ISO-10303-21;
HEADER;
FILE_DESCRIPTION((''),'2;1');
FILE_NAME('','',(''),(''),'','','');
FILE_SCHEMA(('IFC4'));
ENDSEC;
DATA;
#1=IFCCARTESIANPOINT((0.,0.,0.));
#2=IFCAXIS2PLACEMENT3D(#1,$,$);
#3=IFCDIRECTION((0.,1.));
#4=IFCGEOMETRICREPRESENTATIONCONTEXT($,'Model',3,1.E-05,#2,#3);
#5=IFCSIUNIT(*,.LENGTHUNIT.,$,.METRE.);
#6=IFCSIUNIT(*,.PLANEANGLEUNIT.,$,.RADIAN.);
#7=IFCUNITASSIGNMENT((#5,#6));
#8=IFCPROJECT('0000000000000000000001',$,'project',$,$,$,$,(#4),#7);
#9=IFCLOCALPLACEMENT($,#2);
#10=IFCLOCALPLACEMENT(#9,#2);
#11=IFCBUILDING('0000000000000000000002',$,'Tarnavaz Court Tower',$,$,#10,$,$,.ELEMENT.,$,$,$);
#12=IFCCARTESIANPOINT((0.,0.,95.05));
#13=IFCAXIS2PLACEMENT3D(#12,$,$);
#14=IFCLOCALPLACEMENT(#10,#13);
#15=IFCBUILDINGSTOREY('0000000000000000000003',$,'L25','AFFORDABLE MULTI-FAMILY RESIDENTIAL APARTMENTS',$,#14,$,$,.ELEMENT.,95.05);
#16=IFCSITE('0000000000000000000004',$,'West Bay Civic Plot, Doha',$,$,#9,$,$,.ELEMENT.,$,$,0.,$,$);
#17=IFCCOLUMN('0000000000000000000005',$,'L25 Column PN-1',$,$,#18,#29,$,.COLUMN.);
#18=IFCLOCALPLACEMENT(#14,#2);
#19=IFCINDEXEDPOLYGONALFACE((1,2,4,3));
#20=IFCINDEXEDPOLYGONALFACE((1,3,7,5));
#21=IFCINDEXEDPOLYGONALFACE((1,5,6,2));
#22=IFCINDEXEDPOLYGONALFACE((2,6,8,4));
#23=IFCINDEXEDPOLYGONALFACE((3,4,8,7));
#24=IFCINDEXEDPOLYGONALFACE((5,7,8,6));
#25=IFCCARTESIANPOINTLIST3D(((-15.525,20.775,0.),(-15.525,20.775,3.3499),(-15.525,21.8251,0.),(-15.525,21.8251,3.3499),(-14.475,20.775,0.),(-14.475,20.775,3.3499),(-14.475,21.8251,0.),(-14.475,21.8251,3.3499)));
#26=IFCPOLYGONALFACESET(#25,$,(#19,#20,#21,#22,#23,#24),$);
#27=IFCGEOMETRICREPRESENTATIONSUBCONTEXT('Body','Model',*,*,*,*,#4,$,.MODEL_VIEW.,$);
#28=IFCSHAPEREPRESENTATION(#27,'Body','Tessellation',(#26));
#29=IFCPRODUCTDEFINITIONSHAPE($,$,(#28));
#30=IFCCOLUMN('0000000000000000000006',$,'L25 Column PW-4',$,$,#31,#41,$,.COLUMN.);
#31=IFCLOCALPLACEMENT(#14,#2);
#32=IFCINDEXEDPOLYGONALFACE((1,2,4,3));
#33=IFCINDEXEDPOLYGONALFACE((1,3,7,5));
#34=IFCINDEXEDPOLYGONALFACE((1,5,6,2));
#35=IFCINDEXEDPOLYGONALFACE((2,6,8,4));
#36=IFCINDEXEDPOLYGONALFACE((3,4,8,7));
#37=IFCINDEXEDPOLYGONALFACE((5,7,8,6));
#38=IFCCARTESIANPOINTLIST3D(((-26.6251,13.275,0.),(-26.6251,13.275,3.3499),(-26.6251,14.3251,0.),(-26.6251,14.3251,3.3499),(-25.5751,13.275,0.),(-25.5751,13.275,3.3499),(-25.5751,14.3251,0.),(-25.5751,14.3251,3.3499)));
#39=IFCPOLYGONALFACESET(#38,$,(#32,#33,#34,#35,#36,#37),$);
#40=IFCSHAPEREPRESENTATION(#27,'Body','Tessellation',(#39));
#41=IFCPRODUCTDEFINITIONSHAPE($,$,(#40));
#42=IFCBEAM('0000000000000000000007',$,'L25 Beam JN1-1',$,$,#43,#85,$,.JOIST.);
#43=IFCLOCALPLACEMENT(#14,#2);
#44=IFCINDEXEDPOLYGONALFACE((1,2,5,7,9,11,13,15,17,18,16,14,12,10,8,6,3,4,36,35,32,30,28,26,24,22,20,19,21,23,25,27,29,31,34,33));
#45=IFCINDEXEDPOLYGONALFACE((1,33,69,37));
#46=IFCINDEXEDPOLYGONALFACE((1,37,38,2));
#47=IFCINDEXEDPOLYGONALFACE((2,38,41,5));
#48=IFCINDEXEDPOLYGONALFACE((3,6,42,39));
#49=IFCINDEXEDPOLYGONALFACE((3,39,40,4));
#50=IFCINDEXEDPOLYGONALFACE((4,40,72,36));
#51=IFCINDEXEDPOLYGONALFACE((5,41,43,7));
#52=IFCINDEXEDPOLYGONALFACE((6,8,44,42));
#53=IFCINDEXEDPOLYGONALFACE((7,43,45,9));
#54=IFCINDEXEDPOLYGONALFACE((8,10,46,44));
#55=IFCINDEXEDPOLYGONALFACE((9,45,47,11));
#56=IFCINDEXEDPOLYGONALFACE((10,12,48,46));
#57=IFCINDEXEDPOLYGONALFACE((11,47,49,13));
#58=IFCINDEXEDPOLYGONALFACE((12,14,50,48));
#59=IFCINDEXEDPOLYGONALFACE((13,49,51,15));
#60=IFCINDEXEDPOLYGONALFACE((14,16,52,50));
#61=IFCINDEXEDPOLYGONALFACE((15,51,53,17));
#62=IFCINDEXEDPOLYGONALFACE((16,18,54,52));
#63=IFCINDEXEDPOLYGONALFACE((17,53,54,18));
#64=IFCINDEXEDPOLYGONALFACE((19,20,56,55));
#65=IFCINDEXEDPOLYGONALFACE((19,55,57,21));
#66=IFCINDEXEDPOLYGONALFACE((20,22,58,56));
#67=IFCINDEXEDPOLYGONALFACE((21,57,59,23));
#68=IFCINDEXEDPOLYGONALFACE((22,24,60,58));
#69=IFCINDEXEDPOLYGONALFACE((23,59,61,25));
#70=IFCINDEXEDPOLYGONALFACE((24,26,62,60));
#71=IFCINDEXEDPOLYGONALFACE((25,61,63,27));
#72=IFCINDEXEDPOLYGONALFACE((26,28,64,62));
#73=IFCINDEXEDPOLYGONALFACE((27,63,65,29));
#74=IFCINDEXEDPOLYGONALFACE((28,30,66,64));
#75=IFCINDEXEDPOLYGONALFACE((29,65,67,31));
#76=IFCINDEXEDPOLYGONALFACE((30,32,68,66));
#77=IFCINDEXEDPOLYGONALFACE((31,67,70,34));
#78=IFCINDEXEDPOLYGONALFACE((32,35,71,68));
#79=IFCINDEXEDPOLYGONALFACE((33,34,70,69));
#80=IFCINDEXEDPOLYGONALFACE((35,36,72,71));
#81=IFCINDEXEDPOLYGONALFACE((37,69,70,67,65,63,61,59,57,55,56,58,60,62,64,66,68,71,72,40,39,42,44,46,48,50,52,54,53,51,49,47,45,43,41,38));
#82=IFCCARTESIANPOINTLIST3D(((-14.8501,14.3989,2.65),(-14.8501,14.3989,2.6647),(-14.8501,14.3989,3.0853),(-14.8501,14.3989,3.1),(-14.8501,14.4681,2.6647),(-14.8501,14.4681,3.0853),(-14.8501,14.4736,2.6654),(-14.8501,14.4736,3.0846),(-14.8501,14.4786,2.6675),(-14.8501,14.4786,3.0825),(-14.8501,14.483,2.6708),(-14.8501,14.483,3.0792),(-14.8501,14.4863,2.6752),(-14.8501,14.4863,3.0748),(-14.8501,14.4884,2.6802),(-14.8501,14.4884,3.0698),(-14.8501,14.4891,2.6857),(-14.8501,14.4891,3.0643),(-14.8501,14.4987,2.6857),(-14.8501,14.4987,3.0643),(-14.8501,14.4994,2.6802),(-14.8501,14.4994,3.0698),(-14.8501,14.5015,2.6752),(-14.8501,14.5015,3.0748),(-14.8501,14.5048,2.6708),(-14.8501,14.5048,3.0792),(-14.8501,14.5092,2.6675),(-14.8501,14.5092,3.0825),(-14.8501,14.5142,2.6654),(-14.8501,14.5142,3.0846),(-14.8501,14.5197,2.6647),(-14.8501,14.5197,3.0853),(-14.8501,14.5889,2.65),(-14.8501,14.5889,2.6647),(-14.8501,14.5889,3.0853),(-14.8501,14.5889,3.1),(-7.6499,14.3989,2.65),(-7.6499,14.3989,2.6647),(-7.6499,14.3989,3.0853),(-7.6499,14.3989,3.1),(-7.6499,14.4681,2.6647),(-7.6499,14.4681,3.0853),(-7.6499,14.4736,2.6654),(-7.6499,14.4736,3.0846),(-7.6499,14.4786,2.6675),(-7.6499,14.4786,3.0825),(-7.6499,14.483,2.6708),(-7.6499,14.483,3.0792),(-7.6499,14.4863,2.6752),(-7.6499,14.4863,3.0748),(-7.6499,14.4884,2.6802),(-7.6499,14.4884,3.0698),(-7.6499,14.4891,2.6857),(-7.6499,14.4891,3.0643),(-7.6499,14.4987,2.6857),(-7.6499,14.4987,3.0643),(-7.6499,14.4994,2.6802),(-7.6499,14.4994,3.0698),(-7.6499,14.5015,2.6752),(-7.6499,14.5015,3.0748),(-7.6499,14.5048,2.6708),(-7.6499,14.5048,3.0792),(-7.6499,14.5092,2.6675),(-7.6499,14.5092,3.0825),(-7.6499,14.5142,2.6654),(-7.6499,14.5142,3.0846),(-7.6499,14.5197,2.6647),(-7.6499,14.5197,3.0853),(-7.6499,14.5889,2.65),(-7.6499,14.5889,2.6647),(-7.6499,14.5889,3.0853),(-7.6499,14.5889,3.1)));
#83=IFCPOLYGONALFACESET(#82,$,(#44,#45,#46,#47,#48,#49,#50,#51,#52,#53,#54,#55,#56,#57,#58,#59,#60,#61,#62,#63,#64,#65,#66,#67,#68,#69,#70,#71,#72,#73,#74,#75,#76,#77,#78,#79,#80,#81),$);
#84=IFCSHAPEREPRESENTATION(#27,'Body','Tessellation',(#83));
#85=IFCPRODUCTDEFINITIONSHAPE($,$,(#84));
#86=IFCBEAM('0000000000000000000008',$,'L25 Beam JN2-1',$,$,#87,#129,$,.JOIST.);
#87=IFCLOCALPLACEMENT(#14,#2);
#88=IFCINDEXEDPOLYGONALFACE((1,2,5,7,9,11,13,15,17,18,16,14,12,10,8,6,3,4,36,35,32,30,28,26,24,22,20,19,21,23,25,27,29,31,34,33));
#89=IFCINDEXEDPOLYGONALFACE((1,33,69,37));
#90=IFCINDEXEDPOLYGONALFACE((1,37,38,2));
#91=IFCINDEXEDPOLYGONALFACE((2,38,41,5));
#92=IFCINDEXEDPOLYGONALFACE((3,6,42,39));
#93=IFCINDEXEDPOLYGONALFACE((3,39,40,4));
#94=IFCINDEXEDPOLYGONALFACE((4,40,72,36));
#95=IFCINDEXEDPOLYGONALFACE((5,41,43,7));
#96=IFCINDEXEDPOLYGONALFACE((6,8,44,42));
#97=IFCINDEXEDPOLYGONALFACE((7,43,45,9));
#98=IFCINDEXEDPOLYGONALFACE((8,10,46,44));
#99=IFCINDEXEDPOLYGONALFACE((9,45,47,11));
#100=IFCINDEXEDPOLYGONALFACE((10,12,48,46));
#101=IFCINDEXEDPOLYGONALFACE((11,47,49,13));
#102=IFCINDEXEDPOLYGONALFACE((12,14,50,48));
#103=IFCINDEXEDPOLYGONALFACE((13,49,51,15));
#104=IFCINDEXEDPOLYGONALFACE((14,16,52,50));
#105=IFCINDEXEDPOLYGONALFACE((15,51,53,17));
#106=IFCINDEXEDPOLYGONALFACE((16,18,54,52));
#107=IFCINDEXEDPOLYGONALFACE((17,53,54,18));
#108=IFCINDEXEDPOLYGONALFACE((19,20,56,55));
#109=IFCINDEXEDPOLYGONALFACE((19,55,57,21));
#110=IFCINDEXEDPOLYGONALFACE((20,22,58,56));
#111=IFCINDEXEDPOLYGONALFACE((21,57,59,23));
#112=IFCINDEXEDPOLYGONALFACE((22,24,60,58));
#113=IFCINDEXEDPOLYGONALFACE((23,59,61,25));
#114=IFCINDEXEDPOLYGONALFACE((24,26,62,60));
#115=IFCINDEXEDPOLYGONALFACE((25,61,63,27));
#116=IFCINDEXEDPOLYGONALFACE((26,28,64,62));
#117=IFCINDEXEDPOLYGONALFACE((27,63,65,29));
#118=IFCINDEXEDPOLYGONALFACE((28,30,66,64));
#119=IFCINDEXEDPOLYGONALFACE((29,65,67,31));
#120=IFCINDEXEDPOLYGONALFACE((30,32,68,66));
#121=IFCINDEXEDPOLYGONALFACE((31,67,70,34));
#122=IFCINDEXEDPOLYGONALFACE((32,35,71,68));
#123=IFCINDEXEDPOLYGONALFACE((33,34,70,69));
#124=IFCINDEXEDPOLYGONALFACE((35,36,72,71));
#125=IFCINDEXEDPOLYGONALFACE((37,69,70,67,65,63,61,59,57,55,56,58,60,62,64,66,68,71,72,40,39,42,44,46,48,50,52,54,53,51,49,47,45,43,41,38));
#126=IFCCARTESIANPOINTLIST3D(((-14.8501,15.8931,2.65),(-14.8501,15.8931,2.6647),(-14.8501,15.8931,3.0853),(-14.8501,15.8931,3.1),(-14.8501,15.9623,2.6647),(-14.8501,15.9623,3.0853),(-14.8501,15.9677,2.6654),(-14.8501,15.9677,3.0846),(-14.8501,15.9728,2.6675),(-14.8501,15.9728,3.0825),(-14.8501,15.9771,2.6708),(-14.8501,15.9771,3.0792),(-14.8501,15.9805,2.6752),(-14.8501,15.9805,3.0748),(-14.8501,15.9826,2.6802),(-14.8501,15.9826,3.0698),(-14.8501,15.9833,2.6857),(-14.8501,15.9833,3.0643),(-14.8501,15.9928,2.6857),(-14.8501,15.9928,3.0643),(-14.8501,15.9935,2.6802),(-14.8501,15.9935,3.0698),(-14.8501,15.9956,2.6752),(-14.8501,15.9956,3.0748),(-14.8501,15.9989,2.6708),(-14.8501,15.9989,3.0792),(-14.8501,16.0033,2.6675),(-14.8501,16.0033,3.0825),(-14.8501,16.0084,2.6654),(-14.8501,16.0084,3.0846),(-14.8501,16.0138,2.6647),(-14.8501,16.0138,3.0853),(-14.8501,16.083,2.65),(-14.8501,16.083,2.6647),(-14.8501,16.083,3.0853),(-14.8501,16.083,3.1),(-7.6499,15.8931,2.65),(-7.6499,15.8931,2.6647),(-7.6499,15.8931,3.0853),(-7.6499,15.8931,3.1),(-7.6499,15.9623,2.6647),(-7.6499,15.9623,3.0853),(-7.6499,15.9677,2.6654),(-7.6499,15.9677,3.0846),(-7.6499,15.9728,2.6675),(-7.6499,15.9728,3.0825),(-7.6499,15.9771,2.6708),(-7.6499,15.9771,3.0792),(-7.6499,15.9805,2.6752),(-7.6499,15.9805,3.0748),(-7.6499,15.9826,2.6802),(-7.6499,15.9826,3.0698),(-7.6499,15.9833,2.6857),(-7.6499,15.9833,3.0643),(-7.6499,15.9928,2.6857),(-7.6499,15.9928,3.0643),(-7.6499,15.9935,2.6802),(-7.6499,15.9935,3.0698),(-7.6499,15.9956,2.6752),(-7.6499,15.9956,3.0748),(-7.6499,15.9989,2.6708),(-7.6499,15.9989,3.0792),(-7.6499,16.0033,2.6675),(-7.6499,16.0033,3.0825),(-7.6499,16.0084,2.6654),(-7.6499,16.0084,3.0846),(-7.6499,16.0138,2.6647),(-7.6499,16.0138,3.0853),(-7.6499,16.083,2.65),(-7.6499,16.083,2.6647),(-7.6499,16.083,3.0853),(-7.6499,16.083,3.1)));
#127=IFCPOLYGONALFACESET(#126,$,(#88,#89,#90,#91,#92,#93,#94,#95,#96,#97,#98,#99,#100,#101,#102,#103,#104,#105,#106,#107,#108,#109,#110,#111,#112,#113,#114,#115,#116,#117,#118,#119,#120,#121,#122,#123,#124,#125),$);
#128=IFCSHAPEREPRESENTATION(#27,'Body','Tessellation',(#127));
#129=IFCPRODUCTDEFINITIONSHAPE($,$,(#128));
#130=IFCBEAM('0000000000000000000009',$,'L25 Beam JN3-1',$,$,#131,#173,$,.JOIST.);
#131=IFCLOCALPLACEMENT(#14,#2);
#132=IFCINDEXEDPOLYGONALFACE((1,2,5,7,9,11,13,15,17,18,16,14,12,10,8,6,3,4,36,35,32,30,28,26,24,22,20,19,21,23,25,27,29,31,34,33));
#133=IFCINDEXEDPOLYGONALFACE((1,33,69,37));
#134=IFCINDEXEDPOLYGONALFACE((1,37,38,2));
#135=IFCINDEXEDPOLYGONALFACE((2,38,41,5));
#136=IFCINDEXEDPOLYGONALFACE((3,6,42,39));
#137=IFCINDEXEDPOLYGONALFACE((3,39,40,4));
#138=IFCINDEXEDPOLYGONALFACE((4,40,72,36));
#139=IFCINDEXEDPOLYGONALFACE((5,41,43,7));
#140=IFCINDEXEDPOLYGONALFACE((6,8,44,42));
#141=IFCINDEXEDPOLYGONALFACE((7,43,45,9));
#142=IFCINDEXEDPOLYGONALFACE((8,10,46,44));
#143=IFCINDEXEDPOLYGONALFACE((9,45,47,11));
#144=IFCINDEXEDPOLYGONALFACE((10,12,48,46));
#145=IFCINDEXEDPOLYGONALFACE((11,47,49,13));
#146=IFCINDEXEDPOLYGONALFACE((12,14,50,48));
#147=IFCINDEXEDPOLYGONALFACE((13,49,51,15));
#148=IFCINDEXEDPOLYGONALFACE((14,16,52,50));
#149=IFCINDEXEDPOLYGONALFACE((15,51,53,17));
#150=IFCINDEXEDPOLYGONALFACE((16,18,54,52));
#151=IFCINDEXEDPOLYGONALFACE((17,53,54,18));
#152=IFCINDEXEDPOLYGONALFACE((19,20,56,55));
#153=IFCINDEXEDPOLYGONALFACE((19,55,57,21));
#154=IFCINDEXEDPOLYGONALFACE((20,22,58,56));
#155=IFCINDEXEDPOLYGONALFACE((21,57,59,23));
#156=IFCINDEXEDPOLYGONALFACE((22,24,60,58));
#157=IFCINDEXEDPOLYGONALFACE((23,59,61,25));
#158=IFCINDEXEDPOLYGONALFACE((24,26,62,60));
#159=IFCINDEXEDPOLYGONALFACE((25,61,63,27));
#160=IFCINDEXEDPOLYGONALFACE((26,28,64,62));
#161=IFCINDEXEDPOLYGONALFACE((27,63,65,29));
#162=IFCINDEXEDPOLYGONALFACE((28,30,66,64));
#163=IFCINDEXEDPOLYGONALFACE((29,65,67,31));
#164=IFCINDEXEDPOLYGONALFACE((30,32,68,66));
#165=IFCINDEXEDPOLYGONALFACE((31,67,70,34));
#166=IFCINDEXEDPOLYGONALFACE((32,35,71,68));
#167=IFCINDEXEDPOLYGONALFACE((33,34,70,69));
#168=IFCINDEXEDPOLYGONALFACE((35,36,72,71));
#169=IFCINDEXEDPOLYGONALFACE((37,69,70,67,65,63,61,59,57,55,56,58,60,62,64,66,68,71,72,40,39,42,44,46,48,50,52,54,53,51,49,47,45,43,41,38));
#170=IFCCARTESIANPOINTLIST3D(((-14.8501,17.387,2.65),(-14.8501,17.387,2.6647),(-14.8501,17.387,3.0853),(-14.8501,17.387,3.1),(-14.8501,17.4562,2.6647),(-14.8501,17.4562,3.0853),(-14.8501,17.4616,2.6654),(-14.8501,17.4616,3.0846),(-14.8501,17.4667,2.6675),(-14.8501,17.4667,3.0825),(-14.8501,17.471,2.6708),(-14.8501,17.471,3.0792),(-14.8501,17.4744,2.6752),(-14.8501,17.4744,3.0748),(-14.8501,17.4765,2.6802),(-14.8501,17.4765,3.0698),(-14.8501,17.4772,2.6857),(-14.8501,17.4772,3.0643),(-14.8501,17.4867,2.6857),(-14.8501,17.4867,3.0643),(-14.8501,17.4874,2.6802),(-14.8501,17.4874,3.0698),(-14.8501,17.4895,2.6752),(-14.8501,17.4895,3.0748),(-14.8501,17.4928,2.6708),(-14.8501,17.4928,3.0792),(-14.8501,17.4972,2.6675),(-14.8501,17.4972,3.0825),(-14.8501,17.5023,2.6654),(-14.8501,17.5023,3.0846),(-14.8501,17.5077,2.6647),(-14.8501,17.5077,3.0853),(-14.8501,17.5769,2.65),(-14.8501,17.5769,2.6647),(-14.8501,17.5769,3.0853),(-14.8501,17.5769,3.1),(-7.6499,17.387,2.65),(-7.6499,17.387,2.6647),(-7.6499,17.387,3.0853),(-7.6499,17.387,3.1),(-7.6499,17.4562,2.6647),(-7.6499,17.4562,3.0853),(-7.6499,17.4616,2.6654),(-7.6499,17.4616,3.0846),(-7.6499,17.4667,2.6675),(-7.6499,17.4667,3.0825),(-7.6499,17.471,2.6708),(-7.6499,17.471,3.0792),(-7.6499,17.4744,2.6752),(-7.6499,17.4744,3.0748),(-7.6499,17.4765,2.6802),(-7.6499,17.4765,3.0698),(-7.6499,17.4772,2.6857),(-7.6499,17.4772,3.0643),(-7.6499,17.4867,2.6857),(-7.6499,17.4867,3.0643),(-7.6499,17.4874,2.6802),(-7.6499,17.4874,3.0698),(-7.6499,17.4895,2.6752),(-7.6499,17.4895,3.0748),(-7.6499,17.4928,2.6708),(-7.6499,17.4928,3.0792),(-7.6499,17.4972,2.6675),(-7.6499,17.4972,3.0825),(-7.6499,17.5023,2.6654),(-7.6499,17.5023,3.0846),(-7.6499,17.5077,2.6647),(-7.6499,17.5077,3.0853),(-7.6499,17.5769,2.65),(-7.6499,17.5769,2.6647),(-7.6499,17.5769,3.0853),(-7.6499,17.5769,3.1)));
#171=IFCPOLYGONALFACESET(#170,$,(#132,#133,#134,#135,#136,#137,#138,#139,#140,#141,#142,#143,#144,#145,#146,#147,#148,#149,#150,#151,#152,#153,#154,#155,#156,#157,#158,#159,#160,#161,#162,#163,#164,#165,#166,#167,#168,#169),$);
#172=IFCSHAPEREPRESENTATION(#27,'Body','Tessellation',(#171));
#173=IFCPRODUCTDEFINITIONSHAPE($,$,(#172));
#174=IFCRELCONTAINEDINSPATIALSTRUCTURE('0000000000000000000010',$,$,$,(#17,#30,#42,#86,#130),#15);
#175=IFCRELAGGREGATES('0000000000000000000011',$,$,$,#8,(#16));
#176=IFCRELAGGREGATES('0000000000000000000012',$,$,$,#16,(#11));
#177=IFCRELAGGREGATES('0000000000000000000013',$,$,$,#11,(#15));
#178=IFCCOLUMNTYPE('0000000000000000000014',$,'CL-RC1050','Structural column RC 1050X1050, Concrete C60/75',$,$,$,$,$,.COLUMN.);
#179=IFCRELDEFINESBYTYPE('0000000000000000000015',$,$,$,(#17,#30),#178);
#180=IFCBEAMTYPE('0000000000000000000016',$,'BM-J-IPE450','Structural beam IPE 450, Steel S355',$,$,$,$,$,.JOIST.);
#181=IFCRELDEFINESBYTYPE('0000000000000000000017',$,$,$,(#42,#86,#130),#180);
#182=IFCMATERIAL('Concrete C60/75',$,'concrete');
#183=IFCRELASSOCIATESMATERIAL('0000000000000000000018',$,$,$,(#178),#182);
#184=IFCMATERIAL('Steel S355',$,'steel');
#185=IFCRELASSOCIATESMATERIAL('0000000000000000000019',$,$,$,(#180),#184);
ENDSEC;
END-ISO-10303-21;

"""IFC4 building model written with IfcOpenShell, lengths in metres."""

from ifc_helpers import new_model, si_unit, direction, frame, origin, origin_2d, place, context, subcontext, project, spatial, rectangle, i_section, extrude, material, material_profile, profile_set, type_object, element, save


model = new_model("IFC4")

# Units and contexts
model_context = context("Model", 3, precision=1e-05, world=origin(), true_north=direction((0.0, 1.0)))
body_context = subcontext(model_context, "Body", "Model", "MODEL_VIEW")
ifc_project = project(units=[si_unit("LENGTHUNIT", "METRE"), si_unit("PLANEANGLEUNIT", "RADIAN")], contexts=[model_context])

# Site, building, storey
site_placement = place(None, origin())
site = spatial("IfcSite", under=ifc_project, at=site_placement, Name="West Bay Civic Plot, Doha", CompositionType="ELEMENT", RefElevation=0.0)
building_placement = place(site_placement, origin())
building = spatial("IfcBuilding", under=site, at=building_placement, Name="Tarnavaz Court Tower", CompositionType="ELEMENT")
storey_placement = place(building_placement, frame((0.0, 0.0, 95.05)))
storey = spatial("IfcBuildingStorey", under=building, at=storey_placement, Name="L25", Description="AFFORDABLE MULTI-FAMILY RESIDENTIAL APARTMENTS", CompositionType="ELEMENT", Elevation=95.05)

# Columns
ifc_material_1 = material(Name="Concrete C60/75", Category="concrete")
ifc_material_profile_1 = material_profile(ifc_material_1, rectangle(XDim=1.05, YDim=1.05, at=origin_2d()), Name="RC 1050X1050")
ifc_profile_set_1 = profile_set([ifc_material_profile_1], Name="Concrete C60/75")
column_type = type_object("IfcColumnType", Name="CL-RC1050", Description="Structural column RC 1050X1050, Concrete C60/75", PredefinedType="COLUMN", material=ifc_profile_set_1)
for number, where, z_axis, x_axis, name in (
    (1, (-15.0, 21.3, 0.0), (0.0, 0.0, 1.0), (1.0, 0.0, 0.0), "L25 Column PN-1"),
    (2, (-26.1001, 13.8, 0.0), (0.0, 0.0, 1.0), (1.0, 0.0, 0.0), "L25 Column PW-4"),
):
    element("IfcColumn", number, at=place(storey_placement, frame(where, z_axis=z_axis, x_axis=x_axis)), inside=storey, type_object=column_type, Name=name, PredefinedType="COLUMN", context=body_context, shape_type="SweptSolid", body=[
        extrude(rectangle(XDim=1.05, YDim=1.05, at=origin_2d()), origin(), (0.0, 0.0, 1.0), 3.3499),
    ])

# Beams
ifc_material_2 = material(Name="Steel S355", Category="steel")
ifc_material_profile_2 = material_profile(ifc_material_2, i_section(OverallWidth=0.1899, OverallDepth=0.45, WebThickness=0.0095, FlangeThickness=0.0146, FilletRadius=0.021, at=origin_2d()), Name="IPE 450")
ifc_profile_set_2 = profile_set([ifc_material_profile_2], Name="Steel S355")
beam_type_1 = type_object("IfcBeamType", Name="BM-J-IPE450", Description="Structural beam IPE 450, Steel S355", PredefinedType="JOIST", material=ifc_profile_set_2)
for number, where, z_axis, x_axis, name in (
    (3, (-14.8501, 14.4939, 2.875), (1.0, 0.0, 0.0), (0.0, 1.0, 0.0), "L25 Beam JN1-1"),
    (4, (-14.8501, 15.988, 2.875), (1.0, 0.0, 0.0), (0.0, 1.0, 0.0), "L25 Beam JN2-1"),
    (5, (-14.8501, 17.4819, 2.875), (1.0, 0.0, 0.0), (0.0, 1.0, 0.0), "L25 Beam JN3-1"),
):
    element("IfcBeam", number, at=place(storey_placement, frame(where, z_axis=z_axis, x_axis=x_axis)), inside=storey, type_object=beam_type_1, Name=name, PredefinedType="JOIST", context=body_context, shape_type="SweptSolid", body=[
        extrude(i_section(OverallWidth=0.1899, OverallDepth=0.45, WebThickness=0.0095, FlangeThickness=0.0146, FilletRadius=0.021, at=origin_2d()), origin(), (0.0, 0.0, 1.0), 7.2002),
    ])

save(model, "model.ifc")
